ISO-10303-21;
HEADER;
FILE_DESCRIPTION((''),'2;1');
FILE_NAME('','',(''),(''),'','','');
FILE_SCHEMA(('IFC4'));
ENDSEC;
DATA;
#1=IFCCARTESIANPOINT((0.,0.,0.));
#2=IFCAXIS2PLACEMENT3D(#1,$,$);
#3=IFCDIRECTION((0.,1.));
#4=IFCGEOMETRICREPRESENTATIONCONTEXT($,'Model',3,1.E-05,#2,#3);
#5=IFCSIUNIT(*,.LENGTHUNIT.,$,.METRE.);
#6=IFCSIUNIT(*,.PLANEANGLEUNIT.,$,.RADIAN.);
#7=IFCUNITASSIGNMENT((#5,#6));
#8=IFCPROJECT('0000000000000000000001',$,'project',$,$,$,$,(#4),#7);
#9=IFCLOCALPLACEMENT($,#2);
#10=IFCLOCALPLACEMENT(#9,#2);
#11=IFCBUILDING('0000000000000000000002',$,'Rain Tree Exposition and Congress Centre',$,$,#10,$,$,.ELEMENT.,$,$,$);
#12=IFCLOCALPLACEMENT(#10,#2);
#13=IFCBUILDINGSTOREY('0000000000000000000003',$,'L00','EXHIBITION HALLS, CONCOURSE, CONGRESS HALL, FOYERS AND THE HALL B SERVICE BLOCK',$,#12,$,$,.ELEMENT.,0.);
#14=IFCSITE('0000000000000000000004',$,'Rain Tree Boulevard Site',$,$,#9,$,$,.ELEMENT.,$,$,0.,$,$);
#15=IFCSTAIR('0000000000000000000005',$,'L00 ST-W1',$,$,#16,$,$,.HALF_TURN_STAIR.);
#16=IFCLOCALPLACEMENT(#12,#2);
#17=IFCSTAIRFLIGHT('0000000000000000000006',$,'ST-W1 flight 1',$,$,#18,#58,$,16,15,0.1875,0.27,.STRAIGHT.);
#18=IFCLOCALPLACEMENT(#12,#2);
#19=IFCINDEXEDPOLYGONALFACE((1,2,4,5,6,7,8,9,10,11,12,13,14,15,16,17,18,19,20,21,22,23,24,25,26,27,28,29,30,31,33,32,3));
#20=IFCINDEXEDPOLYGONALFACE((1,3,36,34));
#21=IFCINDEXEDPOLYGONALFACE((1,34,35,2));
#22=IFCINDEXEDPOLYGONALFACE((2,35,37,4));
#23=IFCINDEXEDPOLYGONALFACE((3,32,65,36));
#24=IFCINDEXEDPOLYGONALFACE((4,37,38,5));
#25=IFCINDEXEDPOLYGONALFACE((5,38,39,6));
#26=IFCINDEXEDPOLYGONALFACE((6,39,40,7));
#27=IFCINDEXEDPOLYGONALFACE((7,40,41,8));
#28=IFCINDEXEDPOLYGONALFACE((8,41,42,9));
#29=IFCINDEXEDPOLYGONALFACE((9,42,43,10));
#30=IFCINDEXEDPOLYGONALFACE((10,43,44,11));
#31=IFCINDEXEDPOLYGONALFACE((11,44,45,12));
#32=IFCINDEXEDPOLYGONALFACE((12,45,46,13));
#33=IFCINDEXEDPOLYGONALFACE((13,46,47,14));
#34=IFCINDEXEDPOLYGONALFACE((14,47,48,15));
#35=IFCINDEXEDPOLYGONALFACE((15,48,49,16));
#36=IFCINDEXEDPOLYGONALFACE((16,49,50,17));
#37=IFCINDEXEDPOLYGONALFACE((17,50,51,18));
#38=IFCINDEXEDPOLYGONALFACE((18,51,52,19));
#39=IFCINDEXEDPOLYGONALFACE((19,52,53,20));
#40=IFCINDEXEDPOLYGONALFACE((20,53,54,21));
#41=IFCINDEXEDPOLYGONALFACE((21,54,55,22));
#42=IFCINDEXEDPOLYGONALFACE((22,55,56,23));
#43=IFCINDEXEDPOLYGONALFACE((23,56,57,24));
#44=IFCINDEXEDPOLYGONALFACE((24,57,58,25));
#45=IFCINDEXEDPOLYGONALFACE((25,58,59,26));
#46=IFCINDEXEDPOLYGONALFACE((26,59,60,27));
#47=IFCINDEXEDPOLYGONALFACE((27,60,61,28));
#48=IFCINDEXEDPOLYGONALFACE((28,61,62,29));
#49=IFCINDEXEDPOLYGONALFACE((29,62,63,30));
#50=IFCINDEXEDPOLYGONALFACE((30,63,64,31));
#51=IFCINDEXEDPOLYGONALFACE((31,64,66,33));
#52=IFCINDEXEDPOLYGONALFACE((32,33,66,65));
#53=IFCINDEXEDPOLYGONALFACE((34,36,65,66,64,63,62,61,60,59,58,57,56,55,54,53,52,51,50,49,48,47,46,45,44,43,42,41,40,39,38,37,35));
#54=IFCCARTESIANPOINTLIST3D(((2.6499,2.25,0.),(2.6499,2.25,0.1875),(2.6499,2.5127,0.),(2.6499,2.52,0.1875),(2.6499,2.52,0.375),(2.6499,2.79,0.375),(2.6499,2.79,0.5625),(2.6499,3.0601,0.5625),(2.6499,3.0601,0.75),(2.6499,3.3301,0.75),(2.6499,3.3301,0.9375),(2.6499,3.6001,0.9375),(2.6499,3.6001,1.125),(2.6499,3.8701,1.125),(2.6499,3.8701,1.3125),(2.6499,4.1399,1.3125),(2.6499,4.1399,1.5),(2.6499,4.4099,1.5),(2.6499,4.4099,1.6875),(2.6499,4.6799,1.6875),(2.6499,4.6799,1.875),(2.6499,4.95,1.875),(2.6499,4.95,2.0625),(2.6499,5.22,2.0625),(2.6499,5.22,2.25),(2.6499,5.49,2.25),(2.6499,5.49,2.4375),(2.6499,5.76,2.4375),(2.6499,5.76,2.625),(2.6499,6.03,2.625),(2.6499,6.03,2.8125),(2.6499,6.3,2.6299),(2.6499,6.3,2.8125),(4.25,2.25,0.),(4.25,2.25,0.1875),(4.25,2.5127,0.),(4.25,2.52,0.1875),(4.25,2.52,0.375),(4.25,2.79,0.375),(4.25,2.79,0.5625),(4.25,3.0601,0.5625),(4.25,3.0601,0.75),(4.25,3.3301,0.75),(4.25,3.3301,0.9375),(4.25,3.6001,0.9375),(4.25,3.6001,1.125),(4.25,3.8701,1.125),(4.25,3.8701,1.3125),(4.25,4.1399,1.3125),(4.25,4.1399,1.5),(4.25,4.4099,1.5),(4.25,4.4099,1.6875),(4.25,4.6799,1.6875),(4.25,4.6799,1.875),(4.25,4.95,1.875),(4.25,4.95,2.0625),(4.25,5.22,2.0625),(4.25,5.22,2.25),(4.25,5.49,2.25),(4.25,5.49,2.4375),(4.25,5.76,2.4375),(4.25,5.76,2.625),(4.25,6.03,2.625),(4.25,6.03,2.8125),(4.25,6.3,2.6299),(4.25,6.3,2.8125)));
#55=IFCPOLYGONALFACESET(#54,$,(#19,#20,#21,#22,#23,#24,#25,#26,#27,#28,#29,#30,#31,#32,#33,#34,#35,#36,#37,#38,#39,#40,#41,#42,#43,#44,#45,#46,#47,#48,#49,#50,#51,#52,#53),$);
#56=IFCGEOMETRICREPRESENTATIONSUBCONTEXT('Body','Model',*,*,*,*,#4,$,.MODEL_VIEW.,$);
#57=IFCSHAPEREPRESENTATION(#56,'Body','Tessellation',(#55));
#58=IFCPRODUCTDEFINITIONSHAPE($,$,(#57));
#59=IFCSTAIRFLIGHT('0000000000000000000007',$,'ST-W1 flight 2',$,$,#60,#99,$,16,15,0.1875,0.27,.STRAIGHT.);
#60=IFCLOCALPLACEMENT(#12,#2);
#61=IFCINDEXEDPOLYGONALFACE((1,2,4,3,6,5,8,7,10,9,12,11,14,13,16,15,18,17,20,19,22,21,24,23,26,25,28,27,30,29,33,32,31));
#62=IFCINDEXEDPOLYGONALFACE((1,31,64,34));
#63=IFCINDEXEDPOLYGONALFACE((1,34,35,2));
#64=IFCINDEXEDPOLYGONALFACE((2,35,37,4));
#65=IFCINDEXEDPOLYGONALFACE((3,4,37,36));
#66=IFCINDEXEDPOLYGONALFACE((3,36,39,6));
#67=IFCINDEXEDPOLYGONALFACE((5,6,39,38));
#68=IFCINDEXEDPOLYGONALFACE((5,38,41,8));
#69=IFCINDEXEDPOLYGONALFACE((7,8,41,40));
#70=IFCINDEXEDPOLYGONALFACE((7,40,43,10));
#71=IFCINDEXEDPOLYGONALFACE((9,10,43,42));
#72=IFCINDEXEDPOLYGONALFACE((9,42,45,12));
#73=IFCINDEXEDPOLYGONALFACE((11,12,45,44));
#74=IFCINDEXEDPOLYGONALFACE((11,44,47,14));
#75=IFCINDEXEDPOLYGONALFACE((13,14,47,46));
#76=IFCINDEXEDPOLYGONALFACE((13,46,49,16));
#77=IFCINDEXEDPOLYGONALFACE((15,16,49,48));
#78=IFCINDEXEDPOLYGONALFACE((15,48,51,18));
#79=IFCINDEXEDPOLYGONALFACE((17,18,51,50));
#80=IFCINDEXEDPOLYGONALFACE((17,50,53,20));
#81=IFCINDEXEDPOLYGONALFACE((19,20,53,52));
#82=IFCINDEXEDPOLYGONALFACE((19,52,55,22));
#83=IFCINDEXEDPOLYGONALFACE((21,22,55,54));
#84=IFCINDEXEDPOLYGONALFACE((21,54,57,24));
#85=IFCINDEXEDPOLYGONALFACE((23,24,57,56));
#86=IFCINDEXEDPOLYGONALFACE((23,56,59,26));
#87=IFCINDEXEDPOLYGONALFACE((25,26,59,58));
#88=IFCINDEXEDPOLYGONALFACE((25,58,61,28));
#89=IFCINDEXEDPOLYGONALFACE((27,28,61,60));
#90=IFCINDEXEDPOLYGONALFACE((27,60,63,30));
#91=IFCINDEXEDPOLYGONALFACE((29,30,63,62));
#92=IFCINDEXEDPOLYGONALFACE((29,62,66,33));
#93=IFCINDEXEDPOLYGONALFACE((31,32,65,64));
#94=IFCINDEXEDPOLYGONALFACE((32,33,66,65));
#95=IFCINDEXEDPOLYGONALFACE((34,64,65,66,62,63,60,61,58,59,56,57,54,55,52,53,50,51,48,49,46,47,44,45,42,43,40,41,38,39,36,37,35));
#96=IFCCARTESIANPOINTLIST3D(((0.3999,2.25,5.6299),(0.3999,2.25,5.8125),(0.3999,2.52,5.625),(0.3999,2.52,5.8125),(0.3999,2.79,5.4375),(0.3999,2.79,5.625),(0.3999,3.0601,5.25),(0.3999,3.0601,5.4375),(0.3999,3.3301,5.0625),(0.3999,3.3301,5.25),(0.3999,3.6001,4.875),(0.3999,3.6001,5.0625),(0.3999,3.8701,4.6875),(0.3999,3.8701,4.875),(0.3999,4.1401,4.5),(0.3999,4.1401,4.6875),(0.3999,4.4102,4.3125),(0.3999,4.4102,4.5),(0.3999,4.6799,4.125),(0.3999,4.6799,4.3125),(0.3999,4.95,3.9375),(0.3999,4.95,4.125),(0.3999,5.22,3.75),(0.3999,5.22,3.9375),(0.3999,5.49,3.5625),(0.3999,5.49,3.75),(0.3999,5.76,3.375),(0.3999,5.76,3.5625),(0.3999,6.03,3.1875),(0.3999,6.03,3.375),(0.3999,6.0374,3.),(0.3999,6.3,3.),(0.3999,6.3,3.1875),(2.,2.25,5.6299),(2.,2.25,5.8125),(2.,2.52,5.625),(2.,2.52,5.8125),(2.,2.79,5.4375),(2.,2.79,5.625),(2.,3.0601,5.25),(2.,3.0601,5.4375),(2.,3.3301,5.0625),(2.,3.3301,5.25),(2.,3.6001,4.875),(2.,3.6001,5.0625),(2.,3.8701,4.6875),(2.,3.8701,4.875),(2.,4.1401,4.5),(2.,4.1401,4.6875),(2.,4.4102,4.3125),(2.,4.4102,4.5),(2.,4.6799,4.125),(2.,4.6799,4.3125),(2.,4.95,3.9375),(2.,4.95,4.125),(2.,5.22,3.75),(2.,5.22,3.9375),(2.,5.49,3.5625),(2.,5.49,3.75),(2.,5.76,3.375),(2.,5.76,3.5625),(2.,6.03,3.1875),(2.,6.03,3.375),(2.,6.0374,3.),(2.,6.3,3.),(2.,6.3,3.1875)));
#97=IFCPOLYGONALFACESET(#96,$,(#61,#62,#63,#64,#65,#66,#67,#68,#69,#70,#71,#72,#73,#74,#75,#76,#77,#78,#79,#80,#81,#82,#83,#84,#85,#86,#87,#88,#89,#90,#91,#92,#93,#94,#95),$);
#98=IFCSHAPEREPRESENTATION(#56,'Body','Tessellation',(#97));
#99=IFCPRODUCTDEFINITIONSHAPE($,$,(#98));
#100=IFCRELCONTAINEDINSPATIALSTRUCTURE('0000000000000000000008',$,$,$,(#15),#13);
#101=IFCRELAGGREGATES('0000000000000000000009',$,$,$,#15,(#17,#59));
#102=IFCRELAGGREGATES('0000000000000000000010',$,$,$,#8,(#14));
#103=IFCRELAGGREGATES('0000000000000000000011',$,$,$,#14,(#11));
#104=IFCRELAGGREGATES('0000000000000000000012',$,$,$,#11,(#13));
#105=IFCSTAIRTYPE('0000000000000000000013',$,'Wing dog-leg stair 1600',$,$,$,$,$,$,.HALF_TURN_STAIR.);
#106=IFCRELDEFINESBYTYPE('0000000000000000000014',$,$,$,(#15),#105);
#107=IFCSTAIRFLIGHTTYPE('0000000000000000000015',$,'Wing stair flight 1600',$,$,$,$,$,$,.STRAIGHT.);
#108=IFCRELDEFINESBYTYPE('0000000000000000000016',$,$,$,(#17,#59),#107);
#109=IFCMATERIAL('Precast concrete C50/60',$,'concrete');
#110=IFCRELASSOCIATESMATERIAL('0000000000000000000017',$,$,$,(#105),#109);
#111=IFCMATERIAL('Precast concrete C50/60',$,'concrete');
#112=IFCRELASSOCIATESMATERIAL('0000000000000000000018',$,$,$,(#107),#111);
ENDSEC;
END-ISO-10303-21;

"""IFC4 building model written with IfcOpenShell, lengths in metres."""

from ifc_helpers import new_model, si_unit, direction, frame, origin, place, context, subcontext, project, spatial, polyline, outline, extrude, material, type_object, element, aggregate, save


model = new_model("IFC4")

# Units and contexts
model_context = context("Model", 3, precision=1e-05, world=origin(), true_north=direction((0.0, 1.0)))
body_context = subcontext(model_context, "Body", "Model", "MODEL_VIEW")
ifc_project = project(units=[si_unit("LENGTHUNIT", "METRE"), si_unit("PLANEANGLEUNIT", "RADIAN")], contexts=[model_context])

# Site, building, storey
site_placement = place(None, origin())
site = spatial("IfcSite", under=ifc_project, at=site_placement, Name="Rain Tree Boulevard Site", CompositionType="ELEMENT", RefElevation=0.0)
building_placement = place(site_placement, origin())
building = spatial("IfcBuilding", under=site, at=building_placement, Name="Rain Tree Exposition and Congress Centre", CompositionType="ELEMENT")
storey_placement = place(building_placement, origin())
storey = spatial("IfcBuildingStorey", under=building, at=storey_placement, Name="L00", Description="EXHIBITION HALLS, CONCOURSE, CONGRESS HALL, FOYERS AND THE HALL B SERVICE BLOCK", CompositionType="ELEMENT", Elevation=0.0)

# Stair, stair flights
ifc_material_1 = material(Name="Precast concrete C50/60", Category="concrete")
stair_type = type_object("IfcStairType", Name="Wing dog-leg stair 1600", PredefinedType="HALF_TURN_STAIR", material=ifc_material_1)
stair_placement = place(storey_placement, origin())
stair = element("IfcStair", 1, at=stair_placement, inside=storey, type_object=stair_type, Name="L00 ST-W1", PredefinedType="HALF_TURN_STAIR")
ifc_material_2 = material(Name="Precast concrete C50/60", Category="concrete")
stair_flight_type = type_object("IfcStairFlightType", Name="Wing stair flight 1600", PredefinedType="STRAIGHT", material=ifc_material_2)
stair_flight_1_placement = place(storey_placement, frame((3.45, 2.25, 0.0), z_axis=(0.0, 0.0, 1.0), x_axis=(0.0, 1.0, 0.0)))
stair_flight_1 = element("IfcStairFlight", 2, at=stair_flight_1_placement, type_object=stair_flight_type, Name="ST-W1 flight 1", NumberOfRisers=16, NumberOfTreads=15, PredefinedType="STRAIGHT", RiserHeight=0.1875, TreadLength=0.27, context=body_context, shape_type="SweptSolid", body=[
    extrude(outline(polyline([(0.0, 0.0), (0.0, 0.1875), (0.27, 0.1875), (0.27, 0.375), (0.54, 0.375), (0.54, 0.5625), (0.8101, 0.5625), (0.8101, 0.75), (1.0801, 0.75), (1.0801, 0.9375), (1.3501, 0.9375), (1.3501, 1.125), (1.6201, 1.125), (1.6201, 1.3125), (1.8899, 1.3125), (1.8899, 1.5), (2.1599, 1.5), (2.1599, 1.6875), (2.4299, 1.6875), (2.4299, 1.875), (2.7, 1.875), (2.7, 2.0625), (2.97, 2.0625), (2.97, 2.25), (3.24, 2.25), (3.24, 2.4375), (3.51, 2.4375), (3.51, 2.625), (3.78, 2.625), (3.78, 2.8125), (4.05, 2.8125), (4.05, 3.0), (4.05, 2.6299), (0.2627, 0.0), (0.0, 0.0)])), frame((0.0, 0.8, 0.0), z_axis=(0.0, -1.0, 0.0), x_axis=(1.0, 0.0, 0.0)), (0.0, 0.0, 1.0), 1.6001),
])
stair_flight_2_placement = place(storey_placement, frame((1.2, 6.3, 3.0), z_axis=(0.0, 0.0, 1.0), x_axis=(0.0, -1.0, 0.0)))
stair_flight_2 = element("IfcStairFlight", 3, at=stair_flight_2_placement, type_object=stair_flight_type, Name="ST-W1 flight 2", NumberOfRisers=16, NumberOfTreads=15, PredefinedType="STRAIGHT", RiserHeight=0.1875, TreadLength=0.27, context=body_context, shape_type="SweptSolid", body=[
    extrude(outline(polyline([(0.0, 0.0), (0.0, 0.1875), (0.27, 0.1875), (0.27, 0.375), (0.54, 0.375), (0.54, 0.5625), (0.8101, 0.5625), (0.8101, 0.75), (1.0801, 0.75), (1.0801, 0.9375), (1.3501, 0.9375), (1.3501, 1.125), (1.6201, 1.125), (1.6201, 1.3125), (1.8899, 1.3125), (1.8899, 1.5), (2.1599, 1.5), (2.1599, 1.6875), (2.4299, 1.6875), (2.4299, 1.875), (2.7, 1.875), (2.7, 2.0625), (2.97, 2.0625), (2.97, 2.25), (3.24, 2.25), (3.24, 2.4375), (3.51, 2.4375), (3.51, 2.625), (3.78, 2.625), (3.78, 2.8125), (4.05, 2.8125), (4.05, 3.0), (4.05, 2.6299), (0.2627, 0.0), (0.0, 0.0)])), frame((0.0, 0.8, 0.0), z_axis=(0.0, -1.0, 0.0), x_axis=(1.0, 0.0, 0.0)), (0.0, 0.0, 1.0), 1.6001),
])
aggregate(stair, [stair_flight_1, stair_flight_2])

save(model, "model.ifc")
